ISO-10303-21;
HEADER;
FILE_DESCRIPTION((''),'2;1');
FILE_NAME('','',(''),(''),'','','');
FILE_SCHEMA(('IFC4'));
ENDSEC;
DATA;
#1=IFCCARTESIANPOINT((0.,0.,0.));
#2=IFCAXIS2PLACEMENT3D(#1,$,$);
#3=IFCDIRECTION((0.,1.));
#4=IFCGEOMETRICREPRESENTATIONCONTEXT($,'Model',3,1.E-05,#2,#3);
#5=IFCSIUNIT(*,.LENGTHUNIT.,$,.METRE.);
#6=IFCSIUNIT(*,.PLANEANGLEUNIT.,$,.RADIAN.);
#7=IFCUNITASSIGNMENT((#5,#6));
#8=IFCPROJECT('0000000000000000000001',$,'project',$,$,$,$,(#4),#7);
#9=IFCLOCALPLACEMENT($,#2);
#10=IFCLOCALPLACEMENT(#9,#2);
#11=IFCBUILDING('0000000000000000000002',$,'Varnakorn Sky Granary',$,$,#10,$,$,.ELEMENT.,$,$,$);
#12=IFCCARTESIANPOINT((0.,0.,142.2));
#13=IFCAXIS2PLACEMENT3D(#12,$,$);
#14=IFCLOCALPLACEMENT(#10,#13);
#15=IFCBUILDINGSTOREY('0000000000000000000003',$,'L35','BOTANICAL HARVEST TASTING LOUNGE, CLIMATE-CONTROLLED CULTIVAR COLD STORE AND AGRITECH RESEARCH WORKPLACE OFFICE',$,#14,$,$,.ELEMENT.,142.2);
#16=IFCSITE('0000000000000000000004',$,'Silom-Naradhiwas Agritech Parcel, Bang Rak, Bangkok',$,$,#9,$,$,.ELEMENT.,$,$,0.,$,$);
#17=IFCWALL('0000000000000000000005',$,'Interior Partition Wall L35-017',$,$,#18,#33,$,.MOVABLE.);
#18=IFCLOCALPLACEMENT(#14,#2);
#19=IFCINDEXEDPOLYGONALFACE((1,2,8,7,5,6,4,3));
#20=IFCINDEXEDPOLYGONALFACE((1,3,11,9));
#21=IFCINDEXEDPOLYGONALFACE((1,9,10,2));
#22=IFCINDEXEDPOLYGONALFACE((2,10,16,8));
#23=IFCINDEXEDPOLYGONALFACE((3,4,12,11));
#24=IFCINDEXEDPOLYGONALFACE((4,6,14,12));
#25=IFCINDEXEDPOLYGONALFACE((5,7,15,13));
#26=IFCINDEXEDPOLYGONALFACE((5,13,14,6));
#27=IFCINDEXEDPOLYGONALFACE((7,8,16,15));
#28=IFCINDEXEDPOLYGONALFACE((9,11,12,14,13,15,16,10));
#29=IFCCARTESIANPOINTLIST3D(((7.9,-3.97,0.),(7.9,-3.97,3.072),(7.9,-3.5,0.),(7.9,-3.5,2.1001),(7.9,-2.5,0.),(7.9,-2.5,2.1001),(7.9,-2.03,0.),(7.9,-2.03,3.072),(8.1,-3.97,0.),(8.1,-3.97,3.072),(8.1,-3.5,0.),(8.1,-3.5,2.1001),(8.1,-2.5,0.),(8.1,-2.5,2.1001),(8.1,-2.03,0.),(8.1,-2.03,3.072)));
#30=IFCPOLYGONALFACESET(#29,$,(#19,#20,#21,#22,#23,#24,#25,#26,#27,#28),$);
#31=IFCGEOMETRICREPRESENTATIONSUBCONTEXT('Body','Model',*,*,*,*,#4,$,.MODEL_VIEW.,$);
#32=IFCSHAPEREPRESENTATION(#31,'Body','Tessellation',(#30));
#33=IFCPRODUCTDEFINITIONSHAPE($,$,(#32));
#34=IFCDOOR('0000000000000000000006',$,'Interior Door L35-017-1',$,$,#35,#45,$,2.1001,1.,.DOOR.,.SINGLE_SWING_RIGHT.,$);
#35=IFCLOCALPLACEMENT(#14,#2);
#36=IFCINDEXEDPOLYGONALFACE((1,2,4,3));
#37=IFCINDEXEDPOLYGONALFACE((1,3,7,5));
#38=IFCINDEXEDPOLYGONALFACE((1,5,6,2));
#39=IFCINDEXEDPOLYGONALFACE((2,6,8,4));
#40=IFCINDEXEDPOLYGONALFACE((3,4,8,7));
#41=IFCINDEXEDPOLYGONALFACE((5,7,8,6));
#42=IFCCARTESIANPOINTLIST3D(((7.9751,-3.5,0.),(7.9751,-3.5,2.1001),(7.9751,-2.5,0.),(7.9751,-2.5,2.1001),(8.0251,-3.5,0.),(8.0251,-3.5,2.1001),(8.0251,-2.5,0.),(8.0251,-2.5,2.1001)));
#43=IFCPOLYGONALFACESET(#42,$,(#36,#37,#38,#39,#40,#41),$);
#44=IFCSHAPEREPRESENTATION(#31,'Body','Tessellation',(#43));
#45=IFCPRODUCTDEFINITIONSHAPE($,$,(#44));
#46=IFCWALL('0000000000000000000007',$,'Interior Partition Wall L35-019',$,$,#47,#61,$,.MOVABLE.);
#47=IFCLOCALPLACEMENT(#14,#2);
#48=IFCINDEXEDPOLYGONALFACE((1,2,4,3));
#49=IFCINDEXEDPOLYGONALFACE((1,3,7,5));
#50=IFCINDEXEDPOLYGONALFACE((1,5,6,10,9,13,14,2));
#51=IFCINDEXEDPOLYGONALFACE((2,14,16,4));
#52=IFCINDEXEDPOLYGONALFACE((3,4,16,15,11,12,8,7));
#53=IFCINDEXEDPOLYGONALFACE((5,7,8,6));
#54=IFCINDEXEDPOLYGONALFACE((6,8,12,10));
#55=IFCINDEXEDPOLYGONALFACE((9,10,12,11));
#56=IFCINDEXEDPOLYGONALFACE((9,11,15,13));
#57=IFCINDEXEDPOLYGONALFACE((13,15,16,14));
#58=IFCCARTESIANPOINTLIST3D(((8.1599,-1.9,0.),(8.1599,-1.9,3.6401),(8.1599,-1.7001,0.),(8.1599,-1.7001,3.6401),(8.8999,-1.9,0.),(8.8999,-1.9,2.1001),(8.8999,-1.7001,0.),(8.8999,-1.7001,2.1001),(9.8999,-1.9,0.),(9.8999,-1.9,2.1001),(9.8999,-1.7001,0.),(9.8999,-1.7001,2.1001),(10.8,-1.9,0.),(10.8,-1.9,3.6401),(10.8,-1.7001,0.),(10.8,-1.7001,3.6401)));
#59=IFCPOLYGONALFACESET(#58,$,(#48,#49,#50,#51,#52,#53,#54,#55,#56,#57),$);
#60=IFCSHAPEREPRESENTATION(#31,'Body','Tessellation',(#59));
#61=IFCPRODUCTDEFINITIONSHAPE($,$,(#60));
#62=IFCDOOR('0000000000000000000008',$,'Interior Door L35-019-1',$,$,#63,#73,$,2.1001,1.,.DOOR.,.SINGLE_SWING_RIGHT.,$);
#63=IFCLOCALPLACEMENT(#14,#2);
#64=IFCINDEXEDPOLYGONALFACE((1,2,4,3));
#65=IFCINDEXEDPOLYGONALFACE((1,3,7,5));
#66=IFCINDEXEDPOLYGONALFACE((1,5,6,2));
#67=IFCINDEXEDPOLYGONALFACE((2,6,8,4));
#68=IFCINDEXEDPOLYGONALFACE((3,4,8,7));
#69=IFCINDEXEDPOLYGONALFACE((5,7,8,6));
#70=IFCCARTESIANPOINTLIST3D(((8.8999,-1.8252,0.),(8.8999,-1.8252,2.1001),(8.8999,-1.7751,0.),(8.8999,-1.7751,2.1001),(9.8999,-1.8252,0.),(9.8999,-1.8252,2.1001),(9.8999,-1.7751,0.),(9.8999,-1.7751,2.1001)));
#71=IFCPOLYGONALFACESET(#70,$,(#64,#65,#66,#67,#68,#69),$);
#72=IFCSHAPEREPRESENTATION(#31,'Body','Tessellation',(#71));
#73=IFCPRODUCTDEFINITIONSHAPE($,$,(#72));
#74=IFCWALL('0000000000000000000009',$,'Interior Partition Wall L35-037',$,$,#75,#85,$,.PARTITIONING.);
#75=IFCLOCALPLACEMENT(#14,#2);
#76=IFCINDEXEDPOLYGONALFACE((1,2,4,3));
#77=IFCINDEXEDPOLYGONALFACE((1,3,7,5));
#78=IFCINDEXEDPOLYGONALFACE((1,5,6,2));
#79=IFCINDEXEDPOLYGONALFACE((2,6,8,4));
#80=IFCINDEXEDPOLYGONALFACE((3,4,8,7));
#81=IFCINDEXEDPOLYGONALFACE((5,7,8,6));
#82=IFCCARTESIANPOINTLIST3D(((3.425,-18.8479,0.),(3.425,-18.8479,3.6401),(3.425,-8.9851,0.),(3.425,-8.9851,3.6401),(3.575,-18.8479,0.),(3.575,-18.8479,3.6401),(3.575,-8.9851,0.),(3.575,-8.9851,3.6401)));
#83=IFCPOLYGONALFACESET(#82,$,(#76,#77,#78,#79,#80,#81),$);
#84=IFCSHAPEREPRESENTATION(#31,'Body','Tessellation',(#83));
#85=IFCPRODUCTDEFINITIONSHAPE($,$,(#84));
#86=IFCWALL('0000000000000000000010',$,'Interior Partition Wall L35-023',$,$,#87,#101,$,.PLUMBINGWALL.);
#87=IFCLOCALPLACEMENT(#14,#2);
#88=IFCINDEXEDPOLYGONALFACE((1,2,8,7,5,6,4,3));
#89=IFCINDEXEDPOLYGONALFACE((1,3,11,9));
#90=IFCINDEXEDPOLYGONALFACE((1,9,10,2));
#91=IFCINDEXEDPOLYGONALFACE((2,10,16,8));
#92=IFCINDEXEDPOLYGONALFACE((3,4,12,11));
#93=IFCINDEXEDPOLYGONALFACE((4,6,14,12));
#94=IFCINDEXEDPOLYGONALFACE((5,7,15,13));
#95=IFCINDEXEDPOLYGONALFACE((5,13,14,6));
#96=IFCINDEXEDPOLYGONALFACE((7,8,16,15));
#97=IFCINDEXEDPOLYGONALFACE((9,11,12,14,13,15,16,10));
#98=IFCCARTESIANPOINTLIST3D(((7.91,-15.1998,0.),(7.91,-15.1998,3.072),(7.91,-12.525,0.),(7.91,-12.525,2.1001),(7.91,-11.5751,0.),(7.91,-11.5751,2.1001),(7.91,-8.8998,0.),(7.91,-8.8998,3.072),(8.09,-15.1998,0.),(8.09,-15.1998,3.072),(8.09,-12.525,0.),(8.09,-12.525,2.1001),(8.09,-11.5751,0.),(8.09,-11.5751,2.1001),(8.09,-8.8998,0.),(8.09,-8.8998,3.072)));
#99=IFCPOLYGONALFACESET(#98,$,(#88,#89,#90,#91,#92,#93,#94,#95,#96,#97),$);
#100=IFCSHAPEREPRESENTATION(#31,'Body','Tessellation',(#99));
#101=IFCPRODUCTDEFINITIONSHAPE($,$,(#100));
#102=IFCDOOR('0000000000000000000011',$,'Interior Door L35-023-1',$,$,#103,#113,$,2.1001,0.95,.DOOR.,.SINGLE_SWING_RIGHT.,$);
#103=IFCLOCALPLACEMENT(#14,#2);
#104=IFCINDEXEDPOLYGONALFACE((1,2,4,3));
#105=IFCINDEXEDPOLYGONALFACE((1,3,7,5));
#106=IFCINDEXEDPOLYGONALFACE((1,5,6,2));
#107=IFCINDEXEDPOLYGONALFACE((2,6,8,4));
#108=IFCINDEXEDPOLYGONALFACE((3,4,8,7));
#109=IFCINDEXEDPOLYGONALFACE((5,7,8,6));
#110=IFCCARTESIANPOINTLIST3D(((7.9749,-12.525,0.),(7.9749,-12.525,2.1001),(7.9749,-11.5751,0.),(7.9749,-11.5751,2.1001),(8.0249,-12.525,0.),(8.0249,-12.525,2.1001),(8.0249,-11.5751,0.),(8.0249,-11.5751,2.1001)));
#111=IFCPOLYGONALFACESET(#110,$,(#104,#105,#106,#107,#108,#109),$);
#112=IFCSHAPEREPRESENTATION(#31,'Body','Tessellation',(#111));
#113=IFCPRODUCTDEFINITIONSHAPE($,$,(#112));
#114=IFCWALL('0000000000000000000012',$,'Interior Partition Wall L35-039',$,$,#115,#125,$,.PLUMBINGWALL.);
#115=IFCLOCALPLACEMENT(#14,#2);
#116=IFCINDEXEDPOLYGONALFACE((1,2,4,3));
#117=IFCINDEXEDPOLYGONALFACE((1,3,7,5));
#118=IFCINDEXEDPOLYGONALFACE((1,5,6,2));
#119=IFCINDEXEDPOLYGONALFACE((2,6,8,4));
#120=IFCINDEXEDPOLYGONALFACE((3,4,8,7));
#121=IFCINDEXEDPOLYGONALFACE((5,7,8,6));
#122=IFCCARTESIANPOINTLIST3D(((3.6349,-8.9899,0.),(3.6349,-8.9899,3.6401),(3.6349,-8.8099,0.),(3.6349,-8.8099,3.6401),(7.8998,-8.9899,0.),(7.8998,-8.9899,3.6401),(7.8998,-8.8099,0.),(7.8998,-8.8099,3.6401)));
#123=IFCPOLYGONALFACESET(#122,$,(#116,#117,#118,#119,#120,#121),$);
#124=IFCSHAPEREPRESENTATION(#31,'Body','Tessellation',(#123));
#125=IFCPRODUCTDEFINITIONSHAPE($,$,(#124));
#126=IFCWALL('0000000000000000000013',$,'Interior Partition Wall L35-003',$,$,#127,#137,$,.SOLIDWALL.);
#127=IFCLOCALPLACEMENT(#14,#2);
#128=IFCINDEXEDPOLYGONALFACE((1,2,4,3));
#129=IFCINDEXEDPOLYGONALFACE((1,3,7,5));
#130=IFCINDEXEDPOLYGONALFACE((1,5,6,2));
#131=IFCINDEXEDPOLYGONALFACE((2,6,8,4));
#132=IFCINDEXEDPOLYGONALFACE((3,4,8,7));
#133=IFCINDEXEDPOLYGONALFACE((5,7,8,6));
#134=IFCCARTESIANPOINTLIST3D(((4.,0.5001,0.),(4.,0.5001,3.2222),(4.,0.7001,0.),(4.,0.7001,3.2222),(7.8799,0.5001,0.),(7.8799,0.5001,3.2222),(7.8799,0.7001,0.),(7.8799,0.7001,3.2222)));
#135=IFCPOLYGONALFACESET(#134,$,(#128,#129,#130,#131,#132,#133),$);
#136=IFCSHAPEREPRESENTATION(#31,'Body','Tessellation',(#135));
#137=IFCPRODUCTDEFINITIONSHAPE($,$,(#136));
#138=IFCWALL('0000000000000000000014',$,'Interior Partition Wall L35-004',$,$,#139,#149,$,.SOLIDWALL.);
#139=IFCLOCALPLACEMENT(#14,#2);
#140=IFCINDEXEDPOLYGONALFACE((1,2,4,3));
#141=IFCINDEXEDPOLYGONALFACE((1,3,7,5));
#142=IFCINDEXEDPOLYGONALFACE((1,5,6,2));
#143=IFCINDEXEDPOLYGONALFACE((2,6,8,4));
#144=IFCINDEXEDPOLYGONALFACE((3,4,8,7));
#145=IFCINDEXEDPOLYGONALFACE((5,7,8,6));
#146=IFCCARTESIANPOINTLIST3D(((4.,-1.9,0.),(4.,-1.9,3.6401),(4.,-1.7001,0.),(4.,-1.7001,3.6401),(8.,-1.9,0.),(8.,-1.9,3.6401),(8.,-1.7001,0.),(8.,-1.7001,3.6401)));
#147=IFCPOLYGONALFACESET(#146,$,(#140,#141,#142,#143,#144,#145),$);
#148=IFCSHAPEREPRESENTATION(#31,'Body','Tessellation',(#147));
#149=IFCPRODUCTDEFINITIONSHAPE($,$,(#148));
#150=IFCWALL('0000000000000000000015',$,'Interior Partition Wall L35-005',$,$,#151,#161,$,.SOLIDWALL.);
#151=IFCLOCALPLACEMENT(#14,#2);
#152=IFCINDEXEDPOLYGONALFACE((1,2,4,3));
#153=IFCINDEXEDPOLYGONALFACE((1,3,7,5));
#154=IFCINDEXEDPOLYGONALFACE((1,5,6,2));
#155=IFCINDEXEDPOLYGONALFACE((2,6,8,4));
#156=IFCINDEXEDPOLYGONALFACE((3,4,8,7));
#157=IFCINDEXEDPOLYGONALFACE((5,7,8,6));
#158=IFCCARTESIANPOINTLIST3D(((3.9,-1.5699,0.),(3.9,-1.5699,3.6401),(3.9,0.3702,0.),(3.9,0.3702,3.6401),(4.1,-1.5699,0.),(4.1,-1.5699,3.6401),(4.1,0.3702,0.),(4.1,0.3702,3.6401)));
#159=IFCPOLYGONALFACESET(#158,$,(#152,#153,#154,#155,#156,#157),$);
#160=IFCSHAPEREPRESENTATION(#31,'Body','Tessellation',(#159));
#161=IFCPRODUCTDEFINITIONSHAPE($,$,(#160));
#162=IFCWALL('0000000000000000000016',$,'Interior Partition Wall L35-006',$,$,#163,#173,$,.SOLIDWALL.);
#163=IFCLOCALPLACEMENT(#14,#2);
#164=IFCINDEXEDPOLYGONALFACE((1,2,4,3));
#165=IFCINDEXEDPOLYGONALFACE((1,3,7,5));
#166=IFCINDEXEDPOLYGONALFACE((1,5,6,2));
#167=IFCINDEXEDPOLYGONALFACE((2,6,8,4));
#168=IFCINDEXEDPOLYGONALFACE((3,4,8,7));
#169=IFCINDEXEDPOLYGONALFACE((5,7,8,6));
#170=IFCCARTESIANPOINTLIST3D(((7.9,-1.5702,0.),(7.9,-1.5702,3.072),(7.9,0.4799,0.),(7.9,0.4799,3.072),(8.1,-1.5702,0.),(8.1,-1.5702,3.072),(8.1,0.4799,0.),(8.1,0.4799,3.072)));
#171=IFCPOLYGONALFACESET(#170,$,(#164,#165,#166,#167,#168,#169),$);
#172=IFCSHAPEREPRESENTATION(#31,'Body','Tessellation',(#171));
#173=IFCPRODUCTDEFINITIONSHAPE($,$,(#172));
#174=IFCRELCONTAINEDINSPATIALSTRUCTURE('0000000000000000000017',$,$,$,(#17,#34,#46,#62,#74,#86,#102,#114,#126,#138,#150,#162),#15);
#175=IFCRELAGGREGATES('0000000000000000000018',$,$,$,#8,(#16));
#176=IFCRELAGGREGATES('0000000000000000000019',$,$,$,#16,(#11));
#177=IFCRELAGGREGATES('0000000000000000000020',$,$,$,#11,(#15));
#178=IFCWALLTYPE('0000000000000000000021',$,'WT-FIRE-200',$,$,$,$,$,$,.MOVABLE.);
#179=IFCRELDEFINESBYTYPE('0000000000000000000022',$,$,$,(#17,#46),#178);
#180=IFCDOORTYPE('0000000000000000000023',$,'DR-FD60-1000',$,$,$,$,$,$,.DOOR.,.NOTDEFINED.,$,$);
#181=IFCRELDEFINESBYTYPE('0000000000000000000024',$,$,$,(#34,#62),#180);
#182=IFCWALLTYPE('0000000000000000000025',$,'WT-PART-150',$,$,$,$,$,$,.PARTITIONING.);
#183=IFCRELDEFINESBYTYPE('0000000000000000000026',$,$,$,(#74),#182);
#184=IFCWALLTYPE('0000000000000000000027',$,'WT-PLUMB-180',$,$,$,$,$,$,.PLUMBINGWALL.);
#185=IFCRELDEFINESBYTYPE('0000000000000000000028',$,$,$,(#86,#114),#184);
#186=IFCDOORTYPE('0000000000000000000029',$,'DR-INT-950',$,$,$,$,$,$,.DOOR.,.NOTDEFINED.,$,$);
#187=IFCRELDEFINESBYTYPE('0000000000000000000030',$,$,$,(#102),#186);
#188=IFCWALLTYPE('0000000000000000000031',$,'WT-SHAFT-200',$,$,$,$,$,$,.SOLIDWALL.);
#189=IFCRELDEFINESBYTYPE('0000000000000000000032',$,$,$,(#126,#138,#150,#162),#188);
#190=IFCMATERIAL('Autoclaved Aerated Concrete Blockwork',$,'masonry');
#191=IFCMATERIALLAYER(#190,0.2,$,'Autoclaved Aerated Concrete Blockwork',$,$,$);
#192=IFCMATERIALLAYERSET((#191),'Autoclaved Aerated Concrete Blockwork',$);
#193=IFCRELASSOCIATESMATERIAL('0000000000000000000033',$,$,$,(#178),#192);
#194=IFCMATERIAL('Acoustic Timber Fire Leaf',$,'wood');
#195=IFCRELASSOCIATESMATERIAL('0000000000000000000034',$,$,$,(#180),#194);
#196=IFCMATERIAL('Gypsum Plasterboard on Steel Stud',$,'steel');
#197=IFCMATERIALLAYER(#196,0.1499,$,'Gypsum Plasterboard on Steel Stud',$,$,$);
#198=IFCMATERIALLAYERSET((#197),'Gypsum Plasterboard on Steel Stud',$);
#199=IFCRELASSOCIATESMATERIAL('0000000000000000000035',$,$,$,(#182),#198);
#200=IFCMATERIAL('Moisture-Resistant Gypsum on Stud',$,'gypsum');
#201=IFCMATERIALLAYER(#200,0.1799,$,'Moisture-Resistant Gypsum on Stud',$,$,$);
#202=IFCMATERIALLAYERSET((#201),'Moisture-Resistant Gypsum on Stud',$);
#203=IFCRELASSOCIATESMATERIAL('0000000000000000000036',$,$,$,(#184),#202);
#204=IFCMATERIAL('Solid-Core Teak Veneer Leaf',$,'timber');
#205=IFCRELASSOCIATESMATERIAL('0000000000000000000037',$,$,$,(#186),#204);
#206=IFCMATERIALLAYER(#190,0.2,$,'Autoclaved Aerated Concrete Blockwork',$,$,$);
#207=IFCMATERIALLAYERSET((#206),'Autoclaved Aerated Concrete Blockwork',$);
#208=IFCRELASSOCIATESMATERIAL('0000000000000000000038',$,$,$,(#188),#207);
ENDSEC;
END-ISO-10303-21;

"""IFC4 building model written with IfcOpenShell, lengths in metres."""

from ifc_helpers import new_model, si_unit, direction, frame, frame_2d, origin, place, context, subcontext, project, spatial, rectangle, extrude, material, layer, layer_set, type_object, element, fill, save


model = new_model("IFC4")

# Units and contexts
model_context = context("Model", 3, precision=1e-05, world=origin(), true_north=direction((0.0, 1.0)))
body_context = subcontext(model_context, "Body", "Model", "MODEL_VIEW")
ifc_project = project(units=[si_unit("LENGTHUNIT", "METRE"), si_unit("PLANEANGLEUNIT", "RADIAN")], contexts=[model_context])

# Site, building, storey
site_placement = place(None, origin())
site = spatial("IfcSite", under=ifc_project, at=site_placement, Name="Silom-Naradhiwas Agritech Parcel, Bang Rak, Bangkok", CompositionType="ELEMENT", RefElevation=0.0)
building_placement = place(site_placement, origin())
building = spatial("IfcBuilding", under=site, at=building_placement, Name="Varnakorn Sky Granary", CompositionType="ELEMENT")
storey_placement = place(building_placement, frame((0.0, 0.0, 142.2)))
storey = spatial("IfcBuildingStorey", under=building, at=storey_placement, Name="L35", Description="BOTANICAL HARVEST TASTING LOUNGE, CLIMATE-CONTROLLED CULTIVAR COLD STORE AND AGRITECH RESEARCH WORKPLACE OFFICE", CompositionType="ELEMENT", Elevation=142.2)

# Walls, openings, doors
ifc_material_1 = material(Name="Autoclaved Aerated Concrete Blockwork", Category="masonry")
ifc_layer_1 = layer(ifc_material_1, 0.2, Name="Autoclaved Aerated Concrete Blockwork")
ifc_layer_set_1 = layer_set([ifc_layer_1], Name="Autoclaved Aerated Concrete Blockwork")
wall_type_1 = type_object("IfcWallType", Name="WT-FIRE-200", PredefinedType="MOVABLE", material=ifc_layer_set_1)
ifc_material_2 = material(Name="Acoustic Timber Fire Leaf", Category="wood")
door_type_1 = type_object("IfcDoorType", Name="DR-FD60-1000", OperationType="NOTDEFINED", PredefinedType="DOOR", material=ifc_material_2)
wall_1_placement = place(storey_placement, frame((8.0, -3.97, 0.0), z_axis=(0.0, 0.0, 1.0), x_axis=(0.0, 1.0, 0.0)))
wall_1 = element("IfcWall", 1, at=wall_1_placement, inside=storey, type_object=wall_type_1, Name="Interior Partition Wall L35-017", PredefinedType="MOVABLE", context=body_context, shape_type="SweptSolid", body=[
    extrude(rectangle(XDim=1.9399, YDim=0.2, at=frame_2d((0.97, 0.0))), origin(), (0.0, 0.0, 1.0), 3.072),
])
opening_1_placement = place(wall_1_placement, frame((0.47, 0.0, 0.0)))
opening_1 = element("IfcOpeningElement", 2, at=opening_1_placement, cuts=wall_1, PredefinedType="OPENING", context=body_context, shape_type="SweptSolid", body=[
    extrude(rectangle(XDim=1.0, YDim=2.1001, at=frame_2d((0.5, 1.05))), frame((0.0, 0.1099, 0.0), z_axis=(0.0, -1.0, 0.0), x_axis=(1.0, 0.0, 0.0)), (0.0, 0.0, 1.0), 0.22),
])
door_1_placement = place(opening_1_placement, origin())
door_1 = element("IfcDoor", 3, at=door_1_placement, inside=storey, type_object=door_type_1, Name="Interior Door L35-017-1", OperationType="SINGLE_SWING_RIGHT", OverallHeight=2.1001, OverallWidth=1.0, PredefinedType="DOOR", context=body_context, shape_type="SweptSolid", body=[
    extrude(rectangle(XDim=1.0, YDim=2.1001, at=frame_2d((0.5, 1.05))), frame((0.0, 0.0249, 0.0), z_axis=(0.0, -1.0, 0.0), x_axis=(1.0, 0.0, 0.0)), (0.0, 0.0, 1.0), 0.05),
])
fill(opening_1, door_1)
wall_2_placement = place(storey_placement, frame((8.1599, -1.8, 0.0), z_axis=(0.0, 0.0, 1.0), x_axis=(1.0, 0.0, 0.0)))
wall_2 = element("IfcWall", 4, at=wall_2_placement, inside=storey, type_object=wall_type_1, Name="Interior Partition Wall L35-019", PredefinedType="MOVABLE", context=body_context, shape_type="SweptSolid", body=[
    extrude(rectangle(XDim=2.6401, YDim=0.2, at=frame_2d((1.3201, 0.0))), origin(), (0.0, 0.0, 1.0), 3.6401),
])
opening_2_placement = place(wall_2_placement, frame((0.74, 0.0, 0.0)))
opening_2 = element("IfcOpeningElement", 5, at=opening_2_placement, cuts=wall_2, PredefinedType="OPENING", context=body_context, shape_type="SweptSolid", body=[
    extrude(rectangle(XDim=1.0, YDim=2.1001, at=frame_2d((0.5, 1.05))), frame((0.0, 0.1099, 0.0), z_axis=(0.0, -1.0, 0.0), x_axis=(1.0, 0.0, 0.0)), (0.0, 0.0, 1.0), 0.22),
])
door_2_placement = place(opening_2_placement, origin())
door_2 = element("IfcDoor", 6, at=door_2_placement, inside=storey, type_object=door_type_1, Name="Interior Door L35-019-1", OperationType="SINGLE_SWING_RIGHT", OverallHeight=2.1001, OverallWidth=1.0, PredefinedType="DOOR", context=body_context, shape_type="SweptSolid", body=[
    extrude(rectangle(XDim=1.0, YDim=2.1001, at=frame_2d((0.5, 1.05))), frame((0.0, 0.0249, 0.0), z_axis=(0.0, -1.0, 0.0), x_axis=(1.0, 0.0, 0.0)), (0.0, 0.0, 1.0), 0.05),
])
fill(opening_2, door_2)

# Wall
ifc_material_3 = material(Name="Gypsum Plasterboard on Steel Stud", Category="steel")
ifc_layer_2 = layer(ifc_material_3, 0.1499, Name="Gypsum Plasterboard on Steel Stud")
ifc_layer_set_2 = layer_set([ifc_layer_2], Name="Gypsum Plasterboard on Steel Stud")
wall_type_2 = type_object("IfcWallType", Name="WT-PART-150", PredefinedType="PARTITIONING", material=ifc_layer_set_2)
wall_3_placement = place(storey_placement, frame((3.5, -8.9851, 0.0), z_axis=(0.0, 0.0, 1.0), x_axis=(0.0, -1.0, 0.0)))
element("IfcWall", 7, at=wall_3_placement, inside=storey, type_object=wall_type_2, Name="Interior Partition Wall L35-037", PredefinedType="PARTITIONING", context=body_context, shape_type="SweptSolid", body=[
    extrude(rectangle(XDim=9.8628, YDim=0.1499, at=frame_2d((4.9314, 0.0))), origin(), (0.0, 0.0, 1.0), 3.6401),
])

# Wall, opening, door
ifc_material_4 = material(Name="Moisture-Resistant Gypsum on Stud", Category="gypsum")
ifc_layer_3 = layer(ifc_material_4, 0.1799, Name="Moisture-Resistant Gypsum on Stud")
ifc_layer_set_3 = layer_set([ifc_layer_3], Name="Moisture-Resistant Gypsum on Stud")
wall_type_3 = type_object("IfcWallType", Name="WT-PLUMB-180", PredefinedType="PLUMBINGWALL", material=ifc_layer_set_3)
wall_4_placement = place(storey_placement, frame((8.0, -8.8999, 0.0), z_axis=(0.0, 0.0, 1.0), x_axis=(0.0, -1.0, 0.0)))
wall_4 = element("IfcWall", 8, at=wall_4_placement, inside=storey, type_object=wall_type_3, Name="Interior Partition Wall L35-023", PredefinedType="PLUMBINGWALL", context=body_context, shape_type="SweptSolid", body=[
    extrude(rectangle(XDim=6.3, YDim=0.1799, at=frame_2d((3.1499, 0.0))), origin(), (0.0, 0.0, 1.0), 3.072),
])
opening_3_placement = place(wall_4_placement, frame((2.675, 0.0, 0.0)))
opening_3 = element("IfcOpeningElement", 9, at=opening_3_placement, cuts=wall_4, PredefinedType="OPENING", context=body_context, shape_type="SweptSolid", body=[
    extrude(rectangle(XDim=0.95, YDim=2.1001, at=frame_2d((0.4751, 1.05))), frame((0.0, 0.1001, 0.0), z_axis=(0.0, -1.0, 0.0), x_axis=(1.0, 0.0, 0.0)), (0.0, 0.0, 1.0), 0.2),
])
ifc_material_5 = material(Name="Solid-Core Teak Veneer Leaf", Category="timber")
door_type_2 = type_object("IfcDoorType", Name="DR-INT-950", OperationType="NOTDEFINED", PredefinedType="DOOR", material=ifc_material_5)
door_3_placement = place(opening_3_placement, origin())
door_3 = element("IfcDoor", 10, at=door_3_placement, inside=storey, type_object=door_type_2, Name="Interior Door L35-023-1", OperationType="SINGLE_SWING_RIGHT", OverallHeight=2.1001, OverallWidth=0.95, PredefinedType="DOOR", context=body_context, shape_type="SweptSolid", body=[
    extrude(rectangle(XDim=0.95, YDim=2.1001, at=frame_2d((0.4751, 1.05))), frame((0.0, 0.0249, 0.0), z_axis=(0.0, -1.0, 0.0), x_axis=(1.0, 0.0, 0.0)), (0.0, 0.0, 1.0), 0.05),
])
fill(opening_3, door_3)

# Walls
wall_5_placement = place(storey_placement, frame((3.635, -8.8999, 0.0), z_axis=(0.0, 0.0, 1.0), x_axis=(1.0, 0.0, 0.0)))
element("IfcWall", 11, at=wall_5_placement, inside=storey, type_object=wall_type_3, Name="Interior Partition Wall L35-039", PredefinedType="PLUMBINGWALL", context=body_context, shape_type="SweptSolid", body=[
    extrude(rectangle(XDim=4.2649, YDim=0.1799, at=frame_2d((2.1323, 0.0))), origin(), (0.0, 0.0, 1.0), 3.6401),
])
ifc_layer_4 = layer(ifc_material_1, 0.2, Name="Autoclaved Aerated Concrete Blockwork")
ifc_layer_set_4 = layer_set([ifc_layer_4], Name="Autoclaved Aerated Concrete Blockwork")
wall_type_4 = type_object("IfcWallType", Name="WT-SHAFT-200", PredefinedType="SOLIDWALL", material=ifc_layer_set_4)
wall_6_placement = place(storey_placement, frame((4.0, 0.6001, 0.0), z_axis=(0.0, 0.0, 1.0), x_axis=(1.0, 0.0, 0.0)))
element("IfcWall", 12, at=wall_6_placement, inside=storey, type_object=wall_type_4, Name="Interior Partition Wall L35-003", PredefinedType="SOLIDWALL", context=body_context, shape_type="SweptSolid", body=[
    extrude(rectangle(XDim=3.8799, YDim=0.2, at=frame_2d((1.9399, 0.0))), origin(), (0.0, 0.0, 1.0), 3.2222),
])
wall_7_placement = place(storey_placement, frame((4.0, -1.8, 0.0), z_axis=(0.0, 0.0, 1.0), x_axis=(1.0, 0.0, 0.0)))
element("IfcWall", 13, at=wall_7_placement, inside=storey, type_object=wall_type_4, Name="Interior Partition Wall L35-004", PredefinedType="SOLIDWALL", context=body_context, shape_type="SweptSolid", body=[
    extrude(rectangle(XDim=4.0, YDim=0.2, at=frame_2d((2.0, 0.0))), origin(), (0.0, 0.0, 1.0), 3.6401),
])
wall_8_placement = place(storey_placement, frame((4.0, -1.5701, 0.0), z_axis=(0.0, 0.0, 1.0), x_axis=(0.0, 1.0, 0.0)))
element("IfcWall", 14, at=wall_8_placement, inside=storey, type_object=wall_type_4, Name="Interior Partition Wall L35-005", PredefinedType="SOLIDWALL", context=body_context, shape_type="SweptSolid", body=[
    extrude(rectangle(XDim=1.9402, YDim=0.2, at=frame_2d((0.9702, 0.0))), origin(), (0.0, 0.0, 1.0), 3.6401),
])
wall_9_placement = place(storey_placement, frame((8.0, -1.5701, 0.0), z_axis=(0.0, 0.0, 1.0), x_axis=(0.0, 1.0, 0.0)))
element("IfcWall", 15, at=wall_9_placement, inside=storey, type_object=wall_type_4, Name="Interior Partition Wall L35-006", PredefinedType="SOLIDWALL", context=body_context, shape_type="SweptSolid", body=[
    extrude(rectangle(XDim=2.05, YDim=0.2, at=frame_2d((1.0249, 0.0))), origin(), (0.0, 0.0, 1.0), 3.072),
])

save(model, "model.ifc")
